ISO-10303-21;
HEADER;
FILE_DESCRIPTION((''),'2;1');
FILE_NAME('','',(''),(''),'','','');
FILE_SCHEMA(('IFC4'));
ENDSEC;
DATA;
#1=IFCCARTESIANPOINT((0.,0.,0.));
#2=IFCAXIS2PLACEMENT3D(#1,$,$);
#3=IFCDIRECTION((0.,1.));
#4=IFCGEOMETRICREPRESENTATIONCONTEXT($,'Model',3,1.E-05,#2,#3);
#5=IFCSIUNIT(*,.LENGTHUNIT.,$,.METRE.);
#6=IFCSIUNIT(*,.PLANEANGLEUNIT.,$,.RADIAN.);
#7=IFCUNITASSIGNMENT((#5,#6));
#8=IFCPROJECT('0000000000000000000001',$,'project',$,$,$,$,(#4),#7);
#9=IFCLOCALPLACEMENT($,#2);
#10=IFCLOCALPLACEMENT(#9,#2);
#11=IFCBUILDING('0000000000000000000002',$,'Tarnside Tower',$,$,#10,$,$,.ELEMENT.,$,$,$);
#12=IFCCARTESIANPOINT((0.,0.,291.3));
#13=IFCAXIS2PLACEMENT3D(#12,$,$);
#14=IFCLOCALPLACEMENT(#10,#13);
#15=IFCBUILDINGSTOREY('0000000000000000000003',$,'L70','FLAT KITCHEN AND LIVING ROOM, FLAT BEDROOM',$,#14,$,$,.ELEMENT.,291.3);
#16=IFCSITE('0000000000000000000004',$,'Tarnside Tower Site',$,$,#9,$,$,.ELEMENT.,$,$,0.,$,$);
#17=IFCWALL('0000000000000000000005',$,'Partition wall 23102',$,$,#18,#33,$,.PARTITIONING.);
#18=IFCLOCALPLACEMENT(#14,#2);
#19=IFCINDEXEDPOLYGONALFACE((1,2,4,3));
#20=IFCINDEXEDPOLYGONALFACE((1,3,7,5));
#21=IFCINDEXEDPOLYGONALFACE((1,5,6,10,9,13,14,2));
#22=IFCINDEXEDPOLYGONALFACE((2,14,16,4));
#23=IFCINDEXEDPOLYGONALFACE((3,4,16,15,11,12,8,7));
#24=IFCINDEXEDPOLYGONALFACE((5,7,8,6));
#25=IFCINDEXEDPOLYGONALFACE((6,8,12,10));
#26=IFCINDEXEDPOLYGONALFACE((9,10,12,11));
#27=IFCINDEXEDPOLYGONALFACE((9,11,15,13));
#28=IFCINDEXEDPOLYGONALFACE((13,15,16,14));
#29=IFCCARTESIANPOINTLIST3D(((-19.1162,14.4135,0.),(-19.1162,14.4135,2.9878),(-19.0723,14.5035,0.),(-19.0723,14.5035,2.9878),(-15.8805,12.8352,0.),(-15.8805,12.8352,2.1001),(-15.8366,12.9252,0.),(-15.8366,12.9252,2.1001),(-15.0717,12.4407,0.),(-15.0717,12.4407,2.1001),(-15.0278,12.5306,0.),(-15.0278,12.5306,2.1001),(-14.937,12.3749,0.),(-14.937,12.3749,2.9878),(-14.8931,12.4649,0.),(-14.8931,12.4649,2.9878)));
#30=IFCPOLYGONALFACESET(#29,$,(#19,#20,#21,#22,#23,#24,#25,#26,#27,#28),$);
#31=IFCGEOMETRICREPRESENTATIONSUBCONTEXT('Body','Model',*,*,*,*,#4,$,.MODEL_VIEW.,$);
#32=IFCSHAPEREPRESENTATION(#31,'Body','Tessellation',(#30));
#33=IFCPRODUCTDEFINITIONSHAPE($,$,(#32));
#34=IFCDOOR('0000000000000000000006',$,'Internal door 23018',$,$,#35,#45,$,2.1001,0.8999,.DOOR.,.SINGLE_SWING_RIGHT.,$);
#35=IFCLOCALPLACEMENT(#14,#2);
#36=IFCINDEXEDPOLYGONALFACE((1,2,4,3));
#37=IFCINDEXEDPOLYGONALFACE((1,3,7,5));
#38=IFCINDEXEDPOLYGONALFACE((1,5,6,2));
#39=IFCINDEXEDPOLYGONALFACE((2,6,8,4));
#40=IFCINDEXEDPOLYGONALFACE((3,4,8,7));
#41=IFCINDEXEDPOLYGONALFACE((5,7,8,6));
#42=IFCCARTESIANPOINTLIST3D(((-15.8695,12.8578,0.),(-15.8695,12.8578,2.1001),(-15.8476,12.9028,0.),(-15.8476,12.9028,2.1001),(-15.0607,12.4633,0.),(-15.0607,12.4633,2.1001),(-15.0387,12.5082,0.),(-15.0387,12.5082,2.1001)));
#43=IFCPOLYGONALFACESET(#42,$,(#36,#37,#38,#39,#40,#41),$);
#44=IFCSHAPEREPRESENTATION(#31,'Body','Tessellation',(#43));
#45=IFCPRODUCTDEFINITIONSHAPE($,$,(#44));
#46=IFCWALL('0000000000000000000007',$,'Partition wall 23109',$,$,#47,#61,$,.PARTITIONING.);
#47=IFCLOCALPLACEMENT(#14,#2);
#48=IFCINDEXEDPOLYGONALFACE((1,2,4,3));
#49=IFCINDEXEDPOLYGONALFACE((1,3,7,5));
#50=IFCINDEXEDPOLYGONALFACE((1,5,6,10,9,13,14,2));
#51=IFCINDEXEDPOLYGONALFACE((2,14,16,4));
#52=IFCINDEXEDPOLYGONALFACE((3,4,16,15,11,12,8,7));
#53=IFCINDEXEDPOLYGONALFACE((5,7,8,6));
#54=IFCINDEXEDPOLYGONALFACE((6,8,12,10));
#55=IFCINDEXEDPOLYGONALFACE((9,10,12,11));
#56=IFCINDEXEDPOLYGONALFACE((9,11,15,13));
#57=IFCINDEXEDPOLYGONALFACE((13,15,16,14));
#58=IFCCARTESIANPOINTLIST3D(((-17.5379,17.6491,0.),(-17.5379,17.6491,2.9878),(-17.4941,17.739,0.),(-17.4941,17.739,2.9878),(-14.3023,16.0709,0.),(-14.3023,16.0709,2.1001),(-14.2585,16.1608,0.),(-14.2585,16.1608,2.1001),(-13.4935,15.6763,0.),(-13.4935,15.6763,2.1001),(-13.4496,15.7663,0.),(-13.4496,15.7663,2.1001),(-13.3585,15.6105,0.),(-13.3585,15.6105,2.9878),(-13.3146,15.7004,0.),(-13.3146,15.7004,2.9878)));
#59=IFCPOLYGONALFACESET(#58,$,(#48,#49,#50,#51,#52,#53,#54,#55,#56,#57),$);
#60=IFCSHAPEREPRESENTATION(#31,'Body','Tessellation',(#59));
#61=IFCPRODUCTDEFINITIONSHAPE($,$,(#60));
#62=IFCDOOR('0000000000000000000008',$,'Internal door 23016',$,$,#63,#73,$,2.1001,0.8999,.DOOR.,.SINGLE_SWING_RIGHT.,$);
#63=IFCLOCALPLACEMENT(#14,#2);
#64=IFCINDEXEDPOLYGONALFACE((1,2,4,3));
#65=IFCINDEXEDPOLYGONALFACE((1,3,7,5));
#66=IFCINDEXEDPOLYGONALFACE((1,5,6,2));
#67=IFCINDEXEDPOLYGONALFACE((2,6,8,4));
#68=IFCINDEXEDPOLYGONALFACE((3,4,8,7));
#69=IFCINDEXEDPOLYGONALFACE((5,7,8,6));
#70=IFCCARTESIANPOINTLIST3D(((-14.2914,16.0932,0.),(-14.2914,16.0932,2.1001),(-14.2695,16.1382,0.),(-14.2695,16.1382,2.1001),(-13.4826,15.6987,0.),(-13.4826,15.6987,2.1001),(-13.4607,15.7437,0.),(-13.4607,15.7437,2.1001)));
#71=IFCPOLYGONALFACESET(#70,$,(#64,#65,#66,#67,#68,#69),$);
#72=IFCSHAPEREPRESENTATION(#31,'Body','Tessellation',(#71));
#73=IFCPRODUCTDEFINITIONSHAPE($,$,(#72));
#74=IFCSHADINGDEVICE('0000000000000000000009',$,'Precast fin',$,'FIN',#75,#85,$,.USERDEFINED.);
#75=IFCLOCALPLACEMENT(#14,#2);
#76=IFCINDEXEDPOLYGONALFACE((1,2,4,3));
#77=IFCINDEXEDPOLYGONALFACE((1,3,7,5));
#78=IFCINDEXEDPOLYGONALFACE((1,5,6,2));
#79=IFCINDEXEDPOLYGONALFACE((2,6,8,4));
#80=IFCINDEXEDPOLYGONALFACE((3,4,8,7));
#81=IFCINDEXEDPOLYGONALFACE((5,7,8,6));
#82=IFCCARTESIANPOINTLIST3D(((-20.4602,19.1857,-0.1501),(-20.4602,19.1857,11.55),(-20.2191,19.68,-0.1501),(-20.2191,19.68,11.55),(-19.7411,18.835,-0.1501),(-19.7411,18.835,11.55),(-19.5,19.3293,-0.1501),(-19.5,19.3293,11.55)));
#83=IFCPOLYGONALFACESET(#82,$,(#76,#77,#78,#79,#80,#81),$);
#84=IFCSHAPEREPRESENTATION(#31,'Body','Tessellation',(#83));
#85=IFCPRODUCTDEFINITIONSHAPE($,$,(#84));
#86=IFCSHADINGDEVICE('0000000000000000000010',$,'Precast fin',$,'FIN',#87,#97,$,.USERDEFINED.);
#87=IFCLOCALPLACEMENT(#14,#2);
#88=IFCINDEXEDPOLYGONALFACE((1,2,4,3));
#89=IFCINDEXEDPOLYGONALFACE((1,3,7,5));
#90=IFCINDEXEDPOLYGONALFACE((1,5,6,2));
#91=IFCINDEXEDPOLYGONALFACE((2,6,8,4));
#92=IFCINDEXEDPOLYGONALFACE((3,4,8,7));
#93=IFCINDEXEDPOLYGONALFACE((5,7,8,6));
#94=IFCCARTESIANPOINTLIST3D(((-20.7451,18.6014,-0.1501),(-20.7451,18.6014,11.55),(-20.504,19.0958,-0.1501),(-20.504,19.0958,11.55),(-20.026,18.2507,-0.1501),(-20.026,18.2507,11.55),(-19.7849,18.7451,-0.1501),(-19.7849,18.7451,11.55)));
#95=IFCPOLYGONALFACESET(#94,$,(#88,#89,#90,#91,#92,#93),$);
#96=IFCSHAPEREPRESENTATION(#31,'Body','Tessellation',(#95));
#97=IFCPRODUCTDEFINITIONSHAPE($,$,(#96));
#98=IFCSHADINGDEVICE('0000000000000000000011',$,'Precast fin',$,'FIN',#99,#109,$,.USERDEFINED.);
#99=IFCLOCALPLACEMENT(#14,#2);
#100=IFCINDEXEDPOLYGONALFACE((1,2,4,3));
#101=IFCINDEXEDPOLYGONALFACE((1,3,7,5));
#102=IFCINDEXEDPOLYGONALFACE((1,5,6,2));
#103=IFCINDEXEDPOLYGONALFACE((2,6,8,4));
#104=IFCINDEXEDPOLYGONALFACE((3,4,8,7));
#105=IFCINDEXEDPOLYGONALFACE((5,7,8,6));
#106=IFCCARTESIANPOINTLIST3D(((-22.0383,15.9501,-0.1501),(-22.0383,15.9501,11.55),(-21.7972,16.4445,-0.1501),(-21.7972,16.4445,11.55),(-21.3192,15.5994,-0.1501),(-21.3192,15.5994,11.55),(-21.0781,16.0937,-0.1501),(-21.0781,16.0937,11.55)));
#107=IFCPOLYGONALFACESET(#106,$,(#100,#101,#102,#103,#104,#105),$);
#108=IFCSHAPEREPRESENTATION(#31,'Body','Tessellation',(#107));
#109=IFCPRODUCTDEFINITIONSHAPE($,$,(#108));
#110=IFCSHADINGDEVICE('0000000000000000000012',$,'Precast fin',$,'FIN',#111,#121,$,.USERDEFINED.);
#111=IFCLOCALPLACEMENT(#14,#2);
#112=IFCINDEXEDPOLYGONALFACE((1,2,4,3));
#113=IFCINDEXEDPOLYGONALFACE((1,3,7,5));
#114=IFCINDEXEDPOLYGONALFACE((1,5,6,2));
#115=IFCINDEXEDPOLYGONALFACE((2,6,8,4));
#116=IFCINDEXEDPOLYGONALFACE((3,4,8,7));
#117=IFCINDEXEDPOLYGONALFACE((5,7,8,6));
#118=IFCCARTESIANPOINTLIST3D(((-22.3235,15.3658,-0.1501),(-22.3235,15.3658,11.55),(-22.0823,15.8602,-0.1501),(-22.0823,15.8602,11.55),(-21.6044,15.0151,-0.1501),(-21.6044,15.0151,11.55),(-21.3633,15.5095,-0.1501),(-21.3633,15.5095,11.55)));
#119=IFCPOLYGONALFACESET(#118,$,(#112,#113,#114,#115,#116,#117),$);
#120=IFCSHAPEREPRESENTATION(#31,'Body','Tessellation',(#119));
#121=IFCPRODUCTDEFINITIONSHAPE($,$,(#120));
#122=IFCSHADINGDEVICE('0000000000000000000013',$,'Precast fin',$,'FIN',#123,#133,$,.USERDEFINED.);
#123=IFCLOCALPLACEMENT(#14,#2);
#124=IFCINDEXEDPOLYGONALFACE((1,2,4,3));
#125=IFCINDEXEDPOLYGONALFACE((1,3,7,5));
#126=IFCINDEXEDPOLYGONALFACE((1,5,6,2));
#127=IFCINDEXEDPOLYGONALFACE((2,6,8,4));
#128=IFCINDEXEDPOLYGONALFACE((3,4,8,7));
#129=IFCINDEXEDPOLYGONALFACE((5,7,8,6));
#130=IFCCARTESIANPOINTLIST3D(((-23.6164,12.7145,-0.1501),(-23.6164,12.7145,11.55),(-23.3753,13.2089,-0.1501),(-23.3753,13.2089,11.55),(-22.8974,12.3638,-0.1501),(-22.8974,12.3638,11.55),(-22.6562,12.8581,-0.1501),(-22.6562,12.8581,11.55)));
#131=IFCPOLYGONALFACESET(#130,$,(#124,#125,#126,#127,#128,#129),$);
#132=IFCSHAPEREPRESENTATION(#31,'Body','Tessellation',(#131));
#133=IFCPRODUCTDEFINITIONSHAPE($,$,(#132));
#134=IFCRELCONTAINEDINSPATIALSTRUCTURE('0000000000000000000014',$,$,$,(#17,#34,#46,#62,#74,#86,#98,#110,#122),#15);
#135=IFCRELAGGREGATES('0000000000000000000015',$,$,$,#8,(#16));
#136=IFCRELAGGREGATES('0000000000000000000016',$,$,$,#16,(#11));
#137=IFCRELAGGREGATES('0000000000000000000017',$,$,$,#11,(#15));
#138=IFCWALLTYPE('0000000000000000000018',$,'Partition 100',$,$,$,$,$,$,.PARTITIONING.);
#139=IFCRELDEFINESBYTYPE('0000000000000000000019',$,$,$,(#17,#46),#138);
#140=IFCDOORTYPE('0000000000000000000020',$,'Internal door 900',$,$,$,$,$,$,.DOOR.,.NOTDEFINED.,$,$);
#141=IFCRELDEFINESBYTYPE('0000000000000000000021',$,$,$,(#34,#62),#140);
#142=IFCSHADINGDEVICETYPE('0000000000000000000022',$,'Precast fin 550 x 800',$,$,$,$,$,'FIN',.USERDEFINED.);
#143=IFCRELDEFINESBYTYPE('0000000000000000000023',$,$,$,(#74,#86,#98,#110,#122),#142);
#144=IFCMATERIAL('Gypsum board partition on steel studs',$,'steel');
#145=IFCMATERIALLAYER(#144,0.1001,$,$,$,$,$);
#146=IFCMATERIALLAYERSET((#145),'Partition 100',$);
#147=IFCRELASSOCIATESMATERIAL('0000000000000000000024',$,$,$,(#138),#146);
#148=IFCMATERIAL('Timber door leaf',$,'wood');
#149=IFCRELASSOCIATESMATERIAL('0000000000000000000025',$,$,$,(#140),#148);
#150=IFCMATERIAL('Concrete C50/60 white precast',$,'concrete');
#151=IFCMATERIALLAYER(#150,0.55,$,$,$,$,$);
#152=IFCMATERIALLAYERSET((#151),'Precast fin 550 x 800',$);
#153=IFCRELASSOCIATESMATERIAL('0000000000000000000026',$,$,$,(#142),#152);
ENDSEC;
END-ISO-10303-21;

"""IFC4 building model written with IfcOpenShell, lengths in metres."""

from ifc_helpers import new_model, si_unit, direction, frame, frame_2d, origin, place, context, subcontext, project, spatial, polyline, rectangle, outline, extrude, material, layer, layer_set, type_object, element, fill, save


model = new_model("IFC4")

# Units and contexts
model_context = context("Model", 3, precision=1e-05, world=origin(), true_north=direction((0.0, 1.0)))
body_context = subcontext(model_context, "Body", "Model", "MODEL_VIEW")
ifc_project = project(units=[si_unit("LENGTHUNIT", "METRE"), si_unit("PLANEANGLEUNIT", "RADIAN")], contexts=[model_context])

# Site, building, storey
site_placement = place(None, origin())
site = spatial("IfcSite", under=ifc_project, at=site_placement, Name="Tarnside Tower Site", CompositionType="ELEMENT", RefElevation=0.0)
building_placement = place(site_placement, origin())
building = spatial("IfcBuilding", under=site, at=building_placement, Name="Tarnside Tower", CompositionType="ELEMENT")
storey_placement = place(building_placement, frame((0.0, 0.0, 291.3)))
storey = spatial("IfcBuildingStorey", under=building, at=storey_placement, Name="L70", Description="FLAT KITCHEN AND LIVING ROOM, FLAT BEDROOM", CompositionType="ELEMENT", Elevation=291.3)

# Walls, openings, doors
ifc_material_1 = material(Name="Gypsum board partition on steel studs", Category="steel")
ifc_material_2 = material(Name="Timber door leaf", Category="wood")
ifc_layer_1 = layer(ifc_material_1, 0.1001)
ifc_layer_set_1 = layer_set([ifc_layer_1], Name="Partition 100")
wall_type_1 = type_object("IfcWallType", Name="Partition 100", PredefinedType="PARTITIONING", material=ifc_layer_set_1)
wall_1_placement = place(storey_placement, frame((-14.915, 12.4199, 0.0), z_axis=(0.0, 0.0, 1.0), x_axis=(-0.898773, 0.438413, 0.0)))
wall_1 = element("IfcWall", 1, at=wall_1_placement, inside=storey, type_object=wall_type_1, Name="Partition wall 23102", PredefinedType="PARTITIONING", context=body_context, shape_type="SweptSolid", body=[
    extrude(rectangle(XDim=4.6499, YDim=0.1001, at=frame_2d((2.325, 0.0))), origin(), (0.0, 0.0, 1.0), 2.9878),
])
opening_1_placement = place(wall_1_placement, frame((0.1499, 0.0, 0.0)))
opening_1 = element("IfcOpeningElement", 2, at=opening_1_placement, cuts=wall_1, PredefinedType="OPENING", context=body_context, shape_type="SweptSolid", body=[
    extrude(rectangle(XDim=0.8999, YDim=2.1001, at=frame_2d((0.45, 1.05))), frame((0.0, 0.0601, 0.0), z_axis=(0.0, -1.0, 0.0), x_axis=(1.0, 0.0, 0.0)), (0.0, 0.0, 1.0), 0.1201),
])
door_type_1 = type_object("IfcDoorType", Name="Internal door 900", OperationType="NOTDEFINED", PredefinedType="DOOR", material=ifc_material_2)
door_1_placement = place(opening_1_placement, origin())
door_1 = element("IfcDoor", 3, at=door_1_placement, inside=storey, type_object=door_type_1, Name="Internal door 23018", OperationType="SINGLE_SWING_RIGHT", OverallHeight=2.1001, OverallWidth=0.8999, PredefinedType="DOOR", context=body_context, shape_type="SweptSolid", body=[
    extrude(rectangle(XDim=0.8999, YDim=2.1001, at=frame_2d((0.45, 1.05))), frame((0.0, 0.0249, 0.0), z_axis=(0.0, -1.0, 0.0), x_axis=(1.0, 0.0, 0.0)), (0.0, 0.0, 1.0), 0.05),
])
fill(opening_1, door_1)
wall_2_placement = place(storey_placement, frame((-17.5161, 17.6941, 0.0), z_axis=(0.0, 0.0, 1.0), x_axis=(0.898784, -0.438393, 0.0)))
wall_2 = element("IfcWall", 4, at=wall_2_placement, inside=storey, type_object=wall_type_1, Name="Partition wall 23109", PredefinedType="PARTITIONING", context=body_context, shape_type="SweptSolid", body=[
    extrude(rectangle(XDim=4.6501, YDim=0.1001, at=frame_2d((2.3252, 0.0))), origin(), (0.0, 0.0, 1.0), 2.9878),
])
opening_2_placement = place(wall_2_placement, frame((3.6001, 0.0, 0.0)))
opening_2 = element("IfcOpeningElement", 5, at=opening_2_placement, cuts=wall_2, PredefinedType="OPENING", context=body_context, shape_type="SweptSolid", body=[
    extrude(rectangle(XDim=0.8999, YDim=2.1001, at=frame_2d((0.45, 1.05))), frame((0.0, 0.0601, 0.0), z_axis=(0.0, -1.0, 0.0), x_axis=(1.0, 0.0, 0.0)), (0.0, 0.0, 1.0), 0.1201),
])
door_2_placement = place(opening_2_placement, origin())
door_2 = element("IfcDoor", 6, at=door_2_placement, inside=storey, type_object=door_type_1, Name="Internal door 23016", OperationType="SINGLE_SWING_RIGHT", OverallHeight=2.1001, OverallWidth=0.8999, PredefinedType="DOOR", context=body_context, shape_type="SweptSolid", body=[
    extrude(rectangle(XDim=0.8999, YDim=2.1001, at=frame_2d((0.45, 1.05))), frame((0.0, 0.0249, 0.0), z_axis=(0.0, -1.0, 0.0), x_axis=(1.0, 0.0, 0.0)), (0.0, 0.0, 1.0), 0.05),
])
fill(opening_2, door_2)

# Shading devices
ifc_material_3 = material(Name="Concrete C50/60 white precast", Category="concrete")
ifc_layer_2 = layer(ifc_material_3, 0.55)
ifc_layer_set_2 = layer_set([ifc_layer_2], Name="Precast fin 550 x 800")
shading_device_type = type_object("IfcShadingDeviceType", Name="Precast fin 550 x 800", ElementType="FIN", PredefinedType="USERDEFINED", material=ifc_layer_set_2)
for number, where, z_axis, x_axis, name in (
    (7, (-19.6206, 19.082, -0.1501), (0.438371, 0.898794, 0.0), (-0.898794, 0.438371, 0.0), "Precast fin"),
    (8, (-19.9055, 18.4978, -0.1501), (0.438371, 0.898794, 0.0), (-0.898794, 0.438371, 0.0), "Precast fin"),
    (9, (-21.1987, 15.8464, -0.1501), (0.438371, 0.898794, 0.0), (-0.898794, 0.438371, 0.0), "Precast fin"),
    (10, (-21.4839, 15.2622, -0.1501), (0.438371, 0.898794, 0.0), (-0.898794, 0.438371, 0.0), "Precast fin"),
    (11, (-22.7769, 12.6108, -0.1501), (0.438371, 0.898794, 0.0), (-0.898794, 0.438371, 0.0), "Precast fin"),
):
    element("IfcShadingDevice", number, at=place(storey_placement, frame(where, z_axis=z_axis, x_axis=x_axis)), inside=storey, type_object=shading_device_type, Name=name, ObjectType="FIN", PredefinedType="USERDEFINED", context=body_context, shape_type="SweptSolid", body=[
        extrude(outline(polyline([(0.0, 0.0), (0.8, 0.0), (0.8, 11.7002), (0.0, 11.7002), (0.0, 0.0)])), frame((0.0, 0.0, -0.2749)), (0.0, 0.0, 1.0), 0.55),
    ])

save(model, "model.ifc")
